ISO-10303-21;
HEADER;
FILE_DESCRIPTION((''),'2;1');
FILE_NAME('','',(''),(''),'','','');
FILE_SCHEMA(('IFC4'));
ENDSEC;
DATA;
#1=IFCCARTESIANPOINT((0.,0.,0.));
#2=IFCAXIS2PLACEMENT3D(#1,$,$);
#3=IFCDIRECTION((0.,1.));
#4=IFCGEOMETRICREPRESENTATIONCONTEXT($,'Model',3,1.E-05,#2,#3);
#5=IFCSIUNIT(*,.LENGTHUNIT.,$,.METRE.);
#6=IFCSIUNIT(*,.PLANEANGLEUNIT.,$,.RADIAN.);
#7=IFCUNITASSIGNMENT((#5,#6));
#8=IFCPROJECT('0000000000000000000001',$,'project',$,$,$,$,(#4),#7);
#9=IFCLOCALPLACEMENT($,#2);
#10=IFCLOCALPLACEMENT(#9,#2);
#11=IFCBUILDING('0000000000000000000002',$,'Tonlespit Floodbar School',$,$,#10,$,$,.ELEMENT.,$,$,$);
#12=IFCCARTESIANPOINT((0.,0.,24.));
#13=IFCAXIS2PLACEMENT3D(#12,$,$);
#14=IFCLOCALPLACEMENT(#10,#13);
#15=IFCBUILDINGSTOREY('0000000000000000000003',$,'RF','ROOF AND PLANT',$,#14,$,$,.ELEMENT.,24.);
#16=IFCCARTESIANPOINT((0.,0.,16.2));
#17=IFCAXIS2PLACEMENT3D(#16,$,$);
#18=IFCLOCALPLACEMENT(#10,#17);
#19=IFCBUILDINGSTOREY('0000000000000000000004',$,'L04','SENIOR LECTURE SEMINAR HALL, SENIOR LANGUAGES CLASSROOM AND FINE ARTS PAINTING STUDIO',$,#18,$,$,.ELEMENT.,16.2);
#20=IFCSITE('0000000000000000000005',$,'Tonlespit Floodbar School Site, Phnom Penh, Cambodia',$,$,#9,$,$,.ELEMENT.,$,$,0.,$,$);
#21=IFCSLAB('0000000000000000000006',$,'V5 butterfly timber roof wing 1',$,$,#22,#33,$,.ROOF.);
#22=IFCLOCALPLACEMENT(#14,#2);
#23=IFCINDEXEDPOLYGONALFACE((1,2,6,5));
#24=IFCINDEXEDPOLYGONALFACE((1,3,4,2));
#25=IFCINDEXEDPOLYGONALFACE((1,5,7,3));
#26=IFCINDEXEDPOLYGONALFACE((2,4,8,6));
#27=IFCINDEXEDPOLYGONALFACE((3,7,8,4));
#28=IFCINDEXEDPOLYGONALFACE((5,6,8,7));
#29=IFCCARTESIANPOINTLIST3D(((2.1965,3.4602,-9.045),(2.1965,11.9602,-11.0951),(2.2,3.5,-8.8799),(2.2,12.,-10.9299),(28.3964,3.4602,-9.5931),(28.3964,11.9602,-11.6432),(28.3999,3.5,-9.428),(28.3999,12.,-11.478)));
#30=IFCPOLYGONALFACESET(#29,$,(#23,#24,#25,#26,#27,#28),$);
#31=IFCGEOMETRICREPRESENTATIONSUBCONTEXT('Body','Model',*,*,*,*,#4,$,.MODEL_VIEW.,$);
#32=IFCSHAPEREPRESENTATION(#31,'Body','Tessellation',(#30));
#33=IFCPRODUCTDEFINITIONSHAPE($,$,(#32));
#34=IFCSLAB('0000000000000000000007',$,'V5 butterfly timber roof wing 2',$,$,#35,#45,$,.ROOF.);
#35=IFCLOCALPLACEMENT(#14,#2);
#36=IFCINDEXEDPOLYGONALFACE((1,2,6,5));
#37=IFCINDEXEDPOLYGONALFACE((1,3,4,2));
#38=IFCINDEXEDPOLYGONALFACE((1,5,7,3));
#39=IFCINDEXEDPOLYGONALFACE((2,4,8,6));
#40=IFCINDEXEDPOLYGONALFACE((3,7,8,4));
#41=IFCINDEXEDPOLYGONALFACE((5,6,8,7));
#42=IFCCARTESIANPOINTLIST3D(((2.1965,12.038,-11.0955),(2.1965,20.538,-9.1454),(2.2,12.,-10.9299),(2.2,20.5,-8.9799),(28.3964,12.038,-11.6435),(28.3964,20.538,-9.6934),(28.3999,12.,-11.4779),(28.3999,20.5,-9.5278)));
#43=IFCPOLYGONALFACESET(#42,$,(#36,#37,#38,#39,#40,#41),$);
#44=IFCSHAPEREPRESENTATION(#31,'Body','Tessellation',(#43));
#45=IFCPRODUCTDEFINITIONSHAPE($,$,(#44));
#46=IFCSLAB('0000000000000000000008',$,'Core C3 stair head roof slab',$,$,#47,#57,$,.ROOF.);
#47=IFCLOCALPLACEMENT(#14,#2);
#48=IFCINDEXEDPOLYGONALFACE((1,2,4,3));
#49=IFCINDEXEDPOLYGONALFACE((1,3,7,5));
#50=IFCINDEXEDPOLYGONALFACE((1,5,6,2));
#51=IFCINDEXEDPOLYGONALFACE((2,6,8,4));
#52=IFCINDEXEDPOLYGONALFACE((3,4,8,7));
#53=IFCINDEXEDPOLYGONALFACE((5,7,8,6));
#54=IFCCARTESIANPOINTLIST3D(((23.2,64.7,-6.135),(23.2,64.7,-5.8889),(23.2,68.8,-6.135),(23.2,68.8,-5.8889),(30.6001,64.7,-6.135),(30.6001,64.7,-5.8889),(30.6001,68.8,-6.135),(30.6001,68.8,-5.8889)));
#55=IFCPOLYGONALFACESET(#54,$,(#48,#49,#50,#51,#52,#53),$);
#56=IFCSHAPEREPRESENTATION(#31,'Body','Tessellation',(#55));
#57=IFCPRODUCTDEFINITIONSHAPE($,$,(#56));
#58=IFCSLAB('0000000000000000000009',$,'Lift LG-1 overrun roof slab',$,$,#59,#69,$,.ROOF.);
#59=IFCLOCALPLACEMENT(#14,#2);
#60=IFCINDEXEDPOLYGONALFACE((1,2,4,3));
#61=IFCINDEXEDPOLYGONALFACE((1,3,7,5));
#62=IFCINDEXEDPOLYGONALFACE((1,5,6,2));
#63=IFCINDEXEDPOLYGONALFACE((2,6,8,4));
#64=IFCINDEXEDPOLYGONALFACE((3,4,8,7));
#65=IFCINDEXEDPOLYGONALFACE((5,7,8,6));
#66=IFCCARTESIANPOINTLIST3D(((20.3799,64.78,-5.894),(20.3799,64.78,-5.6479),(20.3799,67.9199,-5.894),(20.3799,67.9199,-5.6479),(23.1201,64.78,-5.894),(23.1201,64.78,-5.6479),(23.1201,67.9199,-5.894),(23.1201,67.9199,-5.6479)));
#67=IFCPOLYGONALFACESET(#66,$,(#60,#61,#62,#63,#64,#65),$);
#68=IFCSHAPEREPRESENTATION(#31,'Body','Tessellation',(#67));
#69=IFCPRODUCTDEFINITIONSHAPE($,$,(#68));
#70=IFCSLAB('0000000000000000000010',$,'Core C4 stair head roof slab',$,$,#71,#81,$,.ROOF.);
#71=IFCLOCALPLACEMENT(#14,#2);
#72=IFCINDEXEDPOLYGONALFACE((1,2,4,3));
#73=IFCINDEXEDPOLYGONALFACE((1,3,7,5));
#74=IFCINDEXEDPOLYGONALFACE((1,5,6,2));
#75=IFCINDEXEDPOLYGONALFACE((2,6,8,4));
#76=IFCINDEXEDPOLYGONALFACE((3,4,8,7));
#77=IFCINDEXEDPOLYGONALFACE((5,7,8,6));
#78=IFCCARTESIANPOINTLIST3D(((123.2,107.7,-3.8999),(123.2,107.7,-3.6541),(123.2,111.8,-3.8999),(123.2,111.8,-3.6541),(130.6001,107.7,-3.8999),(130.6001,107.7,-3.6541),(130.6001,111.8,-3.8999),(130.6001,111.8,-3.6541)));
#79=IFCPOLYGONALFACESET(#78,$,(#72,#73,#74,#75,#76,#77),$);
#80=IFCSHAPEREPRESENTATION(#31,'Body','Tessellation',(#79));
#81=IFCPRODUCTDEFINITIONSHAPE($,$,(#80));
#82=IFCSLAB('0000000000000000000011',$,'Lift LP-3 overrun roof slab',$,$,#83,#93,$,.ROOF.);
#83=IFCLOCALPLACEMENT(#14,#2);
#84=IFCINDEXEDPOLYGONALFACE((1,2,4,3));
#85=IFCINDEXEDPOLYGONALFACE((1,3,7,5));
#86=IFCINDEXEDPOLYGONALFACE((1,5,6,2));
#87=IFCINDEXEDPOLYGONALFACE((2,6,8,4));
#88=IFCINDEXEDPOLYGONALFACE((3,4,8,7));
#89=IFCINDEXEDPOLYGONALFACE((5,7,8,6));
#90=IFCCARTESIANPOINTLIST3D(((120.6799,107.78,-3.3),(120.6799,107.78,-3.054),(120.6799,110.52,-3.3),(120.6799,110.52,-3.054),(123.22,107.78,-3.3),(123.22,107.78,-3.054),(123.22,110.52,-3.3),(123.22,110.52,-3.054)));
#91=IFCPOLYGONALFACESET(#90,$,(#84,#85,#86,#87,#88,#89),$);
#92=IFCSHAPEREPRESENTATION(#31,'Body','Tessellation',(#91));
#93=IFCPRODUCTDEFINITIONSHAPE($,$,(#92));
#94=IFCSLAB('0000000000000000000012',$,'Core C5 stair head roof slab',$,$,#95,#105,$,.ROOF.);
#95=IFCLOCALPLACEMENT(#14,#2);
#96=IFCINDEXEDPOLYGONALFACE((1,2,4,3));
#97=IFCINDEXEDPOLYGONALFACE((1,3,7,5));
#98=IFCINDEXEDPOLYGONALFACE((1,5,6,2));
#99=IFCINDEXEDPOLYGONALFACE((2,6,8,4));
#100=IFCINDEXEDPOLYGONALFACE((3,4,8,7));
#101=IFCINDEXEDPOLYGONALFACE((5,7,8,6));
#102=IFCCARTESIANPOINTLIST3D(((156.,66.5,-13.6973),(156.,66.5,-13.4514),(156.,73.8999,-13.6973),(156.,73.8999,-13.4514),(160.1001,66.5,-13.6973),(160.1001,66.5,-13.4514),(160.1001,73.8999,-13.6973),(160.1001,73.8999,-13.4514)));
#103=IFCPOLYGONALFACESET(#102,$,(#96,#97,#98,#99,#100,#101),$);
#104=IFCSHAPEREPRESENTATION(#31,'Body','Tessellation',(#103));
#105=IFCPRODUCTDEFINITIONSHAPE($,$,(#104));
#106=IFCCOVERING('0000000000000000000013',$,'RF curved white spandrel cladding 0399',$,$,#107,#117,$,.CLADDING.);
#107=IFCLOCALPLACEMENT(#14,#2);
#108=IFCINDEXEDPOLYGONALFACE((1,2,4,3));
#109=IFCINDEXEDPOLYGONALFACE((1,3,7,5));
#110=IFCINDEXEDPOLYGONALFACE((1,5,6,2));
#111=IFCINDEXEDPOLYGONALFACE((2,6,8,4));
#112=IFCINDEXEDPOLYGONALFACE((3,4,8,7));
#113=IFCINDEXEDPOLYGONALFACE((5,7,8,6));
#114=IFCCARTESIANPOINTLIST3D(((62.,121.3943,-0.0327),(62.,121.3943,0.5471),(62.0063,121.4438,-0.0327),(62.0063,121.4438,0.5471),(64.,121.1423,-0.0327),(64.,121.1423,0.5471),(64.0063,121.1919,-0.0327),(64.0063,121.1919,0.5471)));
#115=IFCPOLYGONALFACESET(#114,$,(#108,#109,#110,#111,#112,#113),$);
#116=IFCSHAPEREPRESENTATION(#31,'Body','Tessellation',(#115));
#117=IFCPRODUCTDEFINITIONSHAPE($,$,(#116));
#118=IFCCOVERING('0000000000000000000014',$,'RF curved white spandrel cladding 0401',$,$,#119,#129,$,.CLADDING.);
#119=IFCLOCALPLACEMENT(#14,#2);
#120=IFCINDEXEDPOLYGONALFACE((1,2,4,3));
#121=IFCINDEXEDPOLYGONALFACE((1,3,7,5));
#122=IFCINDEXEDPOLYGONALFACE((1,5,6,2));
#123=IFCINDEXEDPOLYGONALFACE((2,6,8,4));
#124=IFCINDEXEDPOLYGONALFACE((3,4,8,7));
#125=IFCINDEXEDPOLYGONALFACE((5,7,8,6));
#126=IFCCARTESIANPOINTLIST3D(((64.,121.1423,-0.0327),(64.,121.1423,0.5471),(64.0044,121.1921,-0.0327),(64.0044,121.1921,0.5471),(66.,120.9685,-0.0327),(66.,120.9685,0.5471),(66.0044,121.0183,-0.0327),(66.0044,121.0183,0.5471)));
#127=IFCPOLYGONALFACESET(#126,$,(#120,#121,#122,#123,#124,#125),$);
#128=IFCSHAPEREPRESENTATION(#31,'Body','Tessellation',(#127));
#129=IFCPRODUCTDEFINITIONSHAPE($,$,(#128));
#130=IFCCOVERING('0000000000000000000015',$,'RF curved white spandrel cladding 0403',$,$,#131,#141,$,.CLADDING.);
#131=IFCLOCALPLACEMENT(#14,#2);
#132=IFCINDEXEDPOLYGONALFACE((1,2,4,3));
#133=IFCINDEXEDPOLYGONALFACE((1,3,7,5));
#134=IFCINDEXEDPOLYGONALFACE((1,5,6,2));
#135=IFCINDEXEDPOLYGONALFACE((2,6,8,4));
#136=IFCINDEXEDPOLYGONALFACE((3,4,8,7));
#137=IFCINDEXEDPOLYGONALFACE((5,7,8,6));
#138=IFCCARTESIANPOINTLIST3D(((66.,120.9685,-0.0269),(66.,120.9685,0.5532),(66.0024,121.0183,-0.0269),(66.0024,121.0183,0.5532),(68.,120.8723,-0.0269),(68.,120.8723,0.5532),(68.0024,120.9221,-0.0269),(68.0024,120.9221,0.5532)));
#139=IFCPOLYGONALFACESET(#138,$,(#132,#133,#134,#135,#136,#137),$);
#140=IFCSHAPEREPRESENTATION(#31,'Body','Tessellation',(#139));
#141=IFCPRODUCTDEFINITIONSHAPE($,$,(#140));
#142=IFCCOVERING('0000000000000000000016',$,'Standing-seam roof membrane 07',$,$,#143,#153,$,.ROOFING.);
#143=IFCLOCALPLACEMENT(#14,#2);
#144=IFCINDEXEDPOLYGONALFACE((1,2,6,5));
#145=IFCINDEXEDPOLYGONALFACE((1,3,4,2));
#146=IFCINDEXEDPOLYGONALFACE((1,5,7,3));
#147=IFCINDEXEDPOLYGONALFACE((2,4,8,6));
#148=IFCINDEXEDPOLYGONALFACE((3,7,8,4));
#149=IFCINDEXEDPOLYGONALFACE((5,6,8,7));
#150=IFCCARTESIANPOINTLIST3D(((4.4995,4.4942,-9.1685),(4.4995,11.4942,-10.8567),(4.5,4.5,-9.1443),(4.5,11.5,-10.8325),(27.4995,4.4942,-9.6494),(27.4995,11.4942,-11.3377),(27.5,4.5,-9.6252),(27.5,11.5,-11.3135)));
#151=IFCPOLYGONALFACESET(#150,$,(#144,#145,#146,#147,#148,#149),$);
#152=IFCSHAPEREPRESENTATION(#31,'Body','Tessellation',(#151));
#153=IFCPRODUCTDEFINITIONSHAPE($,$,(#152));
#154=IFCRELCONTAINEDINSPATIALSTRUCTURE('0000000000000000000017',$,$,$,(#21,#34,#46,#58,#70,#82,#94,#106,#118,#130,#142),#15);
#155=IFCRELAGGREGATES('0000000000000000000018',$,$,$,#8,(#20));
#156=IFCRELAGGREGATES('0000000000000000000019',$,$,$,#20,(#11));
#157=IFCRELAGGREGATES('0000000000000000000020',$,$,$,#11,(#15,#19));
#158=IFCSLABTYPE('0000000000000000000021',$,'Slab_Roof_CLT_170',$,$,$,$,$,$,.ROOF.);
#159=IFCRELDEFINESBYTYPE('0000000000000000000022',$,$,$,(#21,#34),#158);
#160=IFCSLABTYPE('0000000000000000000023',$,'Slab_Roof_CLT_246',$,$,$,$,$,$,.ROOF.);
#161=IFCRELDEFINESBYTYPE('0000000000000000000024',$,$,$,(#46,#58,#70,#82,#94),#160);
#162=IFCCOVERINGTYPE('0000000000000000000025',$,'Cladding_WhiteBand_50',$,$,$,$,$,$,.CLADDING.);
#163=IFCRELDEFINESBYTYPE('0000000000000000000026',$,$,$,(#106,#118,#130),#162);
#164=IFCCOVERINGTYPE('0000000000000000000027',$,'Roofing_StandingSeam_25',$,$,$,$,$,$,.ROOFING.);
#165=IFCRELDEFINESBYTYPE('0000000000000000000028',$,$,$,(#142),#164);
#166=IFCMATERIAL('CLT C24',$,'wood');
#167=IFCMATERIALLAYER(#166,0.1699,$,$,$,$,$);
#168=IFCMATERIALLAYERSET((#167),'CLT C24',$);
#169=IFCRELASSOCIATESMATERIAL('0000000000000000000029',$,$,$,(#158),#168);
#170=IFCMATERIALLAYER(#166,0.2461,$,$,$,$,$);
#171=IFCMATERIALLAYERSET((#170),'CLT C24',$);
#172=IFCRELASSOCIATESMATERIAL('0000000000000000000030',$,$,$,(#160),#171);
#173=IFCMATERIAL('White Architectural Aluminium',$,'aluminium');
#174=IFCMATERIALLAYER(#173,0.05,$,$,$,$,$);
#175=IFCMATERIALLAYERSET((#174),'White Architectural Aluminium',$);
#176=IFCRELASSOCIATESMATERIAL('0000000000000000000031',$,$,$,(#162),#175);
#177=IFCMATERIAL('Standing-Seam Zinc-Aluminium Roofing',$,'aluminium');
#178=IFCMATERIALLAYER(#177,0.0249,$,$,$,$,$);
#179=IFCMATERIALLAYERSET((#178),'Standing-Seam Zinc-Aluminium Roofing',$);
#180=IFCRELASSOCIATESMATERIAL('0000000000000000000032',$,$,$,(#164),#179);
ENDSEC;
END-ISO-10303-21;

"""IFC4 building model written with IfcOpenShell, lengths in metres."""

from ifc_helpers import new_model, si_unit, direction, frame, origin, place, context, subcontext, project, spatial, polyline, outline, extrude, material, layer, layer_set, type_object, element, save


model = new_model("IFC4")

# Units and contexts
model_context = context("Model", 3, precision=1e-05, world=origin(), true_north=direction((0.0, 1.0)))
body_context = subcontext(model_context, "Body", "Model", "MODEL_VIEW")
ifc_project = project(units=[si_unit("LENGTHUNIT", "METRE"), si_unit("PLANEANGLEUNIT", "RADIAN")], contexts=[model_context])

# Site, building, storey
site_placement = place(None, origin())
site = spatial("IfcSite", under=ifc_project, at=site_placement, Name="Tonlespit Floodbar School Site, Phnom Penh, Cambodia", CompositionType="ELEMENT", RefElevation=0.0)
building_placement = place(site_placement, origin())
building = spatial("IfcBuilding", under=site, at=building_placement, Name="Tonlespit Floodbar School", CompositionType="ELEMENT")
storey_1_placement = place(building_placement, frame((0.0, 0.0, 24.0)))
storey_1 = spatial("IfcBuildingStorey", under=building, at=storey_1_placement, Name="RF", Description="ROOF AND PLANT", CompositionType="ELEMENT", Elevation=24.0)

# Slabs
ifc_material_1 = material(Name="CLT C24", Category="wood")
ifc_layer_1 = layer(ifc_material_1, 0.1699)
ifc_layer_set_1 = layer_set([ifc_layer_1], Name="CLT C24")
slab_type_1 = type_object("IfcSlabType", Name="Slab_Roof_CLT_170", PredefinedType="ROOF", material=ifc_layer_set_1)
slab_1_placement = place(storey_1_placement, frame((2.2, 3.5, -8.8799), z_axis=(0.020332, 0.234411, 0.971925), x_axis=(0.999781, 0.0, -0.020915)))
element("IfcSlab", 1, at=slab_1_placement, inside=storey_1, type_object=slab_type_1, Name="V5 butterfly timber roof wing 1", PredefinedType="ROOF", context=body_context, shape_type="SweptSolid", body=[
    extrude(outline(polyline([(0.0, 0.0), (26.2057, 0.0), (26.2486, 8.7436), (0.0429, 8.7436), (0.0, 0.0)])), origin(), (0.0, 0.0, -1.0), 0.1699),
])
slab_2_placement = place(storey_1_placement, frame((2.2, 12.0, -10.9299), z_axis=(0.020381, -0.223565, 0.974476), x_axis=(0.999781, -0.000001, -0.020911)))
element("IfcSlab", 2, at=slab_2_placement, inside=storey_1, type_object=slab_type_1, Name="V5 butterfly timber roof wing 2", PredefinedType="ROOF", context=body_context, shape_type="SweptSolid", body=[
    extrude(outline(polyline([(0.0, 0.0), (26.2057, 0.0), (26.1649, 8.7208), (-0.0408, 8.7207), (0.0, 0.0)])), origin(), (0.0, 0.0, -1.0), 0.1699),
])

# Shared definitions
ifc_layer_2 = layer(ifc_material_1, 0.2461)
ifc_layer_set_2 = layer_set([ifc_layer_2], Name="CLT C24")
slab_type_2 = type_object("IfcSlabType", Name="Slab_Roof_CLT_246", PredefinedType="ROOF", material=ifc_layer_set_2)

# Shared definitions
storey_2_placement = place(building_placement, frame((0.0, 0.0, 16.2)))
storey_2 = spatial("IfcBuildingStorey", under=building, at=storey_2_placement, Name="L04", Description="SENIOR LECTURE SEMINAR HALL, SENIOR LANGUAGES CLASSROOM AND FINE ARTS PAINTING STUDIO", CompositionType="ELEMENT", Elevation=16.2)

# Slabs
slab_3_placement = place(storey_1_placement, frame((0.0, 0.0, -6.135)))
element("IfcSlab", 3, at=slab_3_placement, inside=storey_1, type_object=slab_type_2, Name="Core C3 stair head roof slab", PredefinedType="ROOF", context=body_context, shape_type="SweptSolid", body=[
    extrude(outline(polyline([(23.2, 64.7), (30.6001, 64.7), (30.6001, 68.8), (23.2, 68.8), (23.2, 64.7)])), origin(), (0.0, 0.0, 1.0), 0.2461),
])
slab_4_placement = place(storey_1_placement, frame((0.0, 0.0, -5.894)))
element("IfcSlab", 4, at=slab_4_placement, inside=storey_1, type_object=slab_type_2, Name="Lift LG-1 overrun roof slab", PredefinedType="ROOF", context=body_context, shape_type="SweptSolid", body=[
    extrude(outline(polyline([(20.3799, 64.78), (23.1201, 64.78), (23.1201, 67.9199), (20.3799, 67.9199), (20.3799, 64.78)])), origin(), (0.0, 0.0, 1.0), 0.2461),
])
slab_5_placement = place(storey_1_placement, frame((0.0, 0.0, -3.8999)))
element("IfcSlab", 5, at=slab_5_placement, inside=storey_1, type_object=slab_type_2, Name="Core C4 stair head roof slab", PredefinedType="ROOF", context=body_context, shape_type="SweptSolid", body=[
    extrude(outline(polyline([(123.2, 107.7), (130.6001, 107.7), (130.6001, 111.8), (123.2, 111.8), (123.2, 107.7)])), origin(), (0.0, 0.0, 1.0), 0.2458),
])
slab_6_placement = place(storey_1_placement, frame((0.0, 0.0, -3.3)))
element("IfcSlab", 6, at=slab_6_placement, inside=storey_1, type_object=slab_type_2, Name="Lift LP-3 overrun roof slab", PredefinedType="ROOF", context=body_context, shape_type="SweptSolid", body=[
    extrude(outline(polyline([(120.6799, 107.78), (123.22, 107.78), (123.22, 110.52), (120.6799, 110.52), (120.6799, 107.78)])), origin(), (0.0, 0.0, 1.0), 0.2461),
])
slab_7_placement = place(storey_1_placement, frame((0.0, 0.0, -13.6973)))
element("IfcSlab", 7, at=slab_7_placement, inside=storey_1, type_object=slab_type_2, Name="Core C5 stair head roof slab", PredefinedType="ROOF", context=body_context, shape_type="SweptSolid", body=[
    extrude(outline(polyline([(160.1001, 66.5), (160.1001, 73.8999), (156.0, 73.8999), (156.0, 66.5), (160.1001, 66.5)])), origin(), (0.0, 0.0, 1.0), 0.2458),
])

# Coverings
ifc_material_2 = material(Name="White Architectural Aluminium", Category="aluminium")
ifc_layer_3 = layer(ifc_material_2, 0.05)
ifc_layer_set_3 = layer_set([ifc_layer_3], Name="White Architectural Aluminium")
covering_type_1 = type_object("IfcCoveringType", Name="Cladding_WhiteBand_50", PredefinedType="CLADDING", material=ifc_layer_set_3)
covering_1_placement = place(storey_1_placement, frame((0.0, 0.0, -0.0327)))
element("IfcCovering", 8, at=covering_1_placement, inside=storey_1, type_object=covering_type_1, Name="RF curved white spandrel cladding 0399", PredefinedType="CLADDING", context=body_context, shape_type="SweptSolid", body=[
    extrude(outline(polyline([(62.0, 121.3943), (64.0, 121.1423), (64.0063, 121.1919), (62.0063, 121.4438), (62.0, 121.3943)])), origin(), (0.0, 0.0, 1.0), 0.5798),
])
covering_2_placement = place(storey_1_placement, frame((0.0, 0.0, -0.0327)))
element("IfcCovering", 9, at=covering_2_placement, inside=storey_1, type_object=covering_type_1, Name="RF curved white spandrel cladding 0401", PredefinedType="CLADDING", context=body_context, shape_type="SweptSolid", body=[
    extrude(outline(polyline([(64.0, 121.1423), (66.0, 120.9685), (66.0044, 121.0183), (64.0044, 121.1921), (64.0, 121.1423)])), origin(), (0.0, 0.0, 1.0), 0.5798),
])
covering_3_placement = place(storey_1_placement, frame((0.0, 0.0, -0.0269)))
element("IfcCovering", 10, at=covering_3_placement, inside=storey_1, type_object=covering_type_1, Name="RF curved white spandrel cladding 0403", PredefinedType="CLADDING", context=body_context, shape_type="SweptSolid", body=[
    extrude(outline(polyline([(66.0, 120.9685), (68.0, 120.8723), (68.0024, 120.9221), (66.0024, 121.0183), (66.0, 120.9685)])), origin(), (0.0, 0.0, 1.0), 0.5801),
])
ifc_material_3 = material(Name="Standing-Seam Zinc-Aluminium Roofing", Category="aluminium")
ifc_layer_4 = layer(ifc_material_3, 0.0249)
ifc_layer_set_4 = layer_set([ifc_layer_4], Name="Standing-Seam Zinc-Aluminium Roofing")
covering_type_2 = type_object("IfcCoveringType", Name="Roofing_StandingSeam_25", PredefinedType="ROOFING", material=ifc_layer_set_4)
covering_4_placement = place(storey_1_placement, frame((4.5, 4.5, -9.1443), z_axis=(0.020324, 0.234405, 0.971926), x_axis=(0.999781, 0.0, -0.020907)))
element("IfcCovering", 11, at=covering_4_placement, inside=storey_1, type_object=covering_type_2, Name="Standing-seam roof membrane 07", PredefinedType="ROOFING", context=body_context, shape_type="SweptSolid", body=[
    extrude(outline(polyline([(0.0, 0.0), (23.005, 0.0), (23.0403, 7.2006), (0.0353, 7.2006), (0.0, 0.0)])), origin(), (0.0, 0.0, -1.0), 0.0249),
])

save(model, "model.ifc")
